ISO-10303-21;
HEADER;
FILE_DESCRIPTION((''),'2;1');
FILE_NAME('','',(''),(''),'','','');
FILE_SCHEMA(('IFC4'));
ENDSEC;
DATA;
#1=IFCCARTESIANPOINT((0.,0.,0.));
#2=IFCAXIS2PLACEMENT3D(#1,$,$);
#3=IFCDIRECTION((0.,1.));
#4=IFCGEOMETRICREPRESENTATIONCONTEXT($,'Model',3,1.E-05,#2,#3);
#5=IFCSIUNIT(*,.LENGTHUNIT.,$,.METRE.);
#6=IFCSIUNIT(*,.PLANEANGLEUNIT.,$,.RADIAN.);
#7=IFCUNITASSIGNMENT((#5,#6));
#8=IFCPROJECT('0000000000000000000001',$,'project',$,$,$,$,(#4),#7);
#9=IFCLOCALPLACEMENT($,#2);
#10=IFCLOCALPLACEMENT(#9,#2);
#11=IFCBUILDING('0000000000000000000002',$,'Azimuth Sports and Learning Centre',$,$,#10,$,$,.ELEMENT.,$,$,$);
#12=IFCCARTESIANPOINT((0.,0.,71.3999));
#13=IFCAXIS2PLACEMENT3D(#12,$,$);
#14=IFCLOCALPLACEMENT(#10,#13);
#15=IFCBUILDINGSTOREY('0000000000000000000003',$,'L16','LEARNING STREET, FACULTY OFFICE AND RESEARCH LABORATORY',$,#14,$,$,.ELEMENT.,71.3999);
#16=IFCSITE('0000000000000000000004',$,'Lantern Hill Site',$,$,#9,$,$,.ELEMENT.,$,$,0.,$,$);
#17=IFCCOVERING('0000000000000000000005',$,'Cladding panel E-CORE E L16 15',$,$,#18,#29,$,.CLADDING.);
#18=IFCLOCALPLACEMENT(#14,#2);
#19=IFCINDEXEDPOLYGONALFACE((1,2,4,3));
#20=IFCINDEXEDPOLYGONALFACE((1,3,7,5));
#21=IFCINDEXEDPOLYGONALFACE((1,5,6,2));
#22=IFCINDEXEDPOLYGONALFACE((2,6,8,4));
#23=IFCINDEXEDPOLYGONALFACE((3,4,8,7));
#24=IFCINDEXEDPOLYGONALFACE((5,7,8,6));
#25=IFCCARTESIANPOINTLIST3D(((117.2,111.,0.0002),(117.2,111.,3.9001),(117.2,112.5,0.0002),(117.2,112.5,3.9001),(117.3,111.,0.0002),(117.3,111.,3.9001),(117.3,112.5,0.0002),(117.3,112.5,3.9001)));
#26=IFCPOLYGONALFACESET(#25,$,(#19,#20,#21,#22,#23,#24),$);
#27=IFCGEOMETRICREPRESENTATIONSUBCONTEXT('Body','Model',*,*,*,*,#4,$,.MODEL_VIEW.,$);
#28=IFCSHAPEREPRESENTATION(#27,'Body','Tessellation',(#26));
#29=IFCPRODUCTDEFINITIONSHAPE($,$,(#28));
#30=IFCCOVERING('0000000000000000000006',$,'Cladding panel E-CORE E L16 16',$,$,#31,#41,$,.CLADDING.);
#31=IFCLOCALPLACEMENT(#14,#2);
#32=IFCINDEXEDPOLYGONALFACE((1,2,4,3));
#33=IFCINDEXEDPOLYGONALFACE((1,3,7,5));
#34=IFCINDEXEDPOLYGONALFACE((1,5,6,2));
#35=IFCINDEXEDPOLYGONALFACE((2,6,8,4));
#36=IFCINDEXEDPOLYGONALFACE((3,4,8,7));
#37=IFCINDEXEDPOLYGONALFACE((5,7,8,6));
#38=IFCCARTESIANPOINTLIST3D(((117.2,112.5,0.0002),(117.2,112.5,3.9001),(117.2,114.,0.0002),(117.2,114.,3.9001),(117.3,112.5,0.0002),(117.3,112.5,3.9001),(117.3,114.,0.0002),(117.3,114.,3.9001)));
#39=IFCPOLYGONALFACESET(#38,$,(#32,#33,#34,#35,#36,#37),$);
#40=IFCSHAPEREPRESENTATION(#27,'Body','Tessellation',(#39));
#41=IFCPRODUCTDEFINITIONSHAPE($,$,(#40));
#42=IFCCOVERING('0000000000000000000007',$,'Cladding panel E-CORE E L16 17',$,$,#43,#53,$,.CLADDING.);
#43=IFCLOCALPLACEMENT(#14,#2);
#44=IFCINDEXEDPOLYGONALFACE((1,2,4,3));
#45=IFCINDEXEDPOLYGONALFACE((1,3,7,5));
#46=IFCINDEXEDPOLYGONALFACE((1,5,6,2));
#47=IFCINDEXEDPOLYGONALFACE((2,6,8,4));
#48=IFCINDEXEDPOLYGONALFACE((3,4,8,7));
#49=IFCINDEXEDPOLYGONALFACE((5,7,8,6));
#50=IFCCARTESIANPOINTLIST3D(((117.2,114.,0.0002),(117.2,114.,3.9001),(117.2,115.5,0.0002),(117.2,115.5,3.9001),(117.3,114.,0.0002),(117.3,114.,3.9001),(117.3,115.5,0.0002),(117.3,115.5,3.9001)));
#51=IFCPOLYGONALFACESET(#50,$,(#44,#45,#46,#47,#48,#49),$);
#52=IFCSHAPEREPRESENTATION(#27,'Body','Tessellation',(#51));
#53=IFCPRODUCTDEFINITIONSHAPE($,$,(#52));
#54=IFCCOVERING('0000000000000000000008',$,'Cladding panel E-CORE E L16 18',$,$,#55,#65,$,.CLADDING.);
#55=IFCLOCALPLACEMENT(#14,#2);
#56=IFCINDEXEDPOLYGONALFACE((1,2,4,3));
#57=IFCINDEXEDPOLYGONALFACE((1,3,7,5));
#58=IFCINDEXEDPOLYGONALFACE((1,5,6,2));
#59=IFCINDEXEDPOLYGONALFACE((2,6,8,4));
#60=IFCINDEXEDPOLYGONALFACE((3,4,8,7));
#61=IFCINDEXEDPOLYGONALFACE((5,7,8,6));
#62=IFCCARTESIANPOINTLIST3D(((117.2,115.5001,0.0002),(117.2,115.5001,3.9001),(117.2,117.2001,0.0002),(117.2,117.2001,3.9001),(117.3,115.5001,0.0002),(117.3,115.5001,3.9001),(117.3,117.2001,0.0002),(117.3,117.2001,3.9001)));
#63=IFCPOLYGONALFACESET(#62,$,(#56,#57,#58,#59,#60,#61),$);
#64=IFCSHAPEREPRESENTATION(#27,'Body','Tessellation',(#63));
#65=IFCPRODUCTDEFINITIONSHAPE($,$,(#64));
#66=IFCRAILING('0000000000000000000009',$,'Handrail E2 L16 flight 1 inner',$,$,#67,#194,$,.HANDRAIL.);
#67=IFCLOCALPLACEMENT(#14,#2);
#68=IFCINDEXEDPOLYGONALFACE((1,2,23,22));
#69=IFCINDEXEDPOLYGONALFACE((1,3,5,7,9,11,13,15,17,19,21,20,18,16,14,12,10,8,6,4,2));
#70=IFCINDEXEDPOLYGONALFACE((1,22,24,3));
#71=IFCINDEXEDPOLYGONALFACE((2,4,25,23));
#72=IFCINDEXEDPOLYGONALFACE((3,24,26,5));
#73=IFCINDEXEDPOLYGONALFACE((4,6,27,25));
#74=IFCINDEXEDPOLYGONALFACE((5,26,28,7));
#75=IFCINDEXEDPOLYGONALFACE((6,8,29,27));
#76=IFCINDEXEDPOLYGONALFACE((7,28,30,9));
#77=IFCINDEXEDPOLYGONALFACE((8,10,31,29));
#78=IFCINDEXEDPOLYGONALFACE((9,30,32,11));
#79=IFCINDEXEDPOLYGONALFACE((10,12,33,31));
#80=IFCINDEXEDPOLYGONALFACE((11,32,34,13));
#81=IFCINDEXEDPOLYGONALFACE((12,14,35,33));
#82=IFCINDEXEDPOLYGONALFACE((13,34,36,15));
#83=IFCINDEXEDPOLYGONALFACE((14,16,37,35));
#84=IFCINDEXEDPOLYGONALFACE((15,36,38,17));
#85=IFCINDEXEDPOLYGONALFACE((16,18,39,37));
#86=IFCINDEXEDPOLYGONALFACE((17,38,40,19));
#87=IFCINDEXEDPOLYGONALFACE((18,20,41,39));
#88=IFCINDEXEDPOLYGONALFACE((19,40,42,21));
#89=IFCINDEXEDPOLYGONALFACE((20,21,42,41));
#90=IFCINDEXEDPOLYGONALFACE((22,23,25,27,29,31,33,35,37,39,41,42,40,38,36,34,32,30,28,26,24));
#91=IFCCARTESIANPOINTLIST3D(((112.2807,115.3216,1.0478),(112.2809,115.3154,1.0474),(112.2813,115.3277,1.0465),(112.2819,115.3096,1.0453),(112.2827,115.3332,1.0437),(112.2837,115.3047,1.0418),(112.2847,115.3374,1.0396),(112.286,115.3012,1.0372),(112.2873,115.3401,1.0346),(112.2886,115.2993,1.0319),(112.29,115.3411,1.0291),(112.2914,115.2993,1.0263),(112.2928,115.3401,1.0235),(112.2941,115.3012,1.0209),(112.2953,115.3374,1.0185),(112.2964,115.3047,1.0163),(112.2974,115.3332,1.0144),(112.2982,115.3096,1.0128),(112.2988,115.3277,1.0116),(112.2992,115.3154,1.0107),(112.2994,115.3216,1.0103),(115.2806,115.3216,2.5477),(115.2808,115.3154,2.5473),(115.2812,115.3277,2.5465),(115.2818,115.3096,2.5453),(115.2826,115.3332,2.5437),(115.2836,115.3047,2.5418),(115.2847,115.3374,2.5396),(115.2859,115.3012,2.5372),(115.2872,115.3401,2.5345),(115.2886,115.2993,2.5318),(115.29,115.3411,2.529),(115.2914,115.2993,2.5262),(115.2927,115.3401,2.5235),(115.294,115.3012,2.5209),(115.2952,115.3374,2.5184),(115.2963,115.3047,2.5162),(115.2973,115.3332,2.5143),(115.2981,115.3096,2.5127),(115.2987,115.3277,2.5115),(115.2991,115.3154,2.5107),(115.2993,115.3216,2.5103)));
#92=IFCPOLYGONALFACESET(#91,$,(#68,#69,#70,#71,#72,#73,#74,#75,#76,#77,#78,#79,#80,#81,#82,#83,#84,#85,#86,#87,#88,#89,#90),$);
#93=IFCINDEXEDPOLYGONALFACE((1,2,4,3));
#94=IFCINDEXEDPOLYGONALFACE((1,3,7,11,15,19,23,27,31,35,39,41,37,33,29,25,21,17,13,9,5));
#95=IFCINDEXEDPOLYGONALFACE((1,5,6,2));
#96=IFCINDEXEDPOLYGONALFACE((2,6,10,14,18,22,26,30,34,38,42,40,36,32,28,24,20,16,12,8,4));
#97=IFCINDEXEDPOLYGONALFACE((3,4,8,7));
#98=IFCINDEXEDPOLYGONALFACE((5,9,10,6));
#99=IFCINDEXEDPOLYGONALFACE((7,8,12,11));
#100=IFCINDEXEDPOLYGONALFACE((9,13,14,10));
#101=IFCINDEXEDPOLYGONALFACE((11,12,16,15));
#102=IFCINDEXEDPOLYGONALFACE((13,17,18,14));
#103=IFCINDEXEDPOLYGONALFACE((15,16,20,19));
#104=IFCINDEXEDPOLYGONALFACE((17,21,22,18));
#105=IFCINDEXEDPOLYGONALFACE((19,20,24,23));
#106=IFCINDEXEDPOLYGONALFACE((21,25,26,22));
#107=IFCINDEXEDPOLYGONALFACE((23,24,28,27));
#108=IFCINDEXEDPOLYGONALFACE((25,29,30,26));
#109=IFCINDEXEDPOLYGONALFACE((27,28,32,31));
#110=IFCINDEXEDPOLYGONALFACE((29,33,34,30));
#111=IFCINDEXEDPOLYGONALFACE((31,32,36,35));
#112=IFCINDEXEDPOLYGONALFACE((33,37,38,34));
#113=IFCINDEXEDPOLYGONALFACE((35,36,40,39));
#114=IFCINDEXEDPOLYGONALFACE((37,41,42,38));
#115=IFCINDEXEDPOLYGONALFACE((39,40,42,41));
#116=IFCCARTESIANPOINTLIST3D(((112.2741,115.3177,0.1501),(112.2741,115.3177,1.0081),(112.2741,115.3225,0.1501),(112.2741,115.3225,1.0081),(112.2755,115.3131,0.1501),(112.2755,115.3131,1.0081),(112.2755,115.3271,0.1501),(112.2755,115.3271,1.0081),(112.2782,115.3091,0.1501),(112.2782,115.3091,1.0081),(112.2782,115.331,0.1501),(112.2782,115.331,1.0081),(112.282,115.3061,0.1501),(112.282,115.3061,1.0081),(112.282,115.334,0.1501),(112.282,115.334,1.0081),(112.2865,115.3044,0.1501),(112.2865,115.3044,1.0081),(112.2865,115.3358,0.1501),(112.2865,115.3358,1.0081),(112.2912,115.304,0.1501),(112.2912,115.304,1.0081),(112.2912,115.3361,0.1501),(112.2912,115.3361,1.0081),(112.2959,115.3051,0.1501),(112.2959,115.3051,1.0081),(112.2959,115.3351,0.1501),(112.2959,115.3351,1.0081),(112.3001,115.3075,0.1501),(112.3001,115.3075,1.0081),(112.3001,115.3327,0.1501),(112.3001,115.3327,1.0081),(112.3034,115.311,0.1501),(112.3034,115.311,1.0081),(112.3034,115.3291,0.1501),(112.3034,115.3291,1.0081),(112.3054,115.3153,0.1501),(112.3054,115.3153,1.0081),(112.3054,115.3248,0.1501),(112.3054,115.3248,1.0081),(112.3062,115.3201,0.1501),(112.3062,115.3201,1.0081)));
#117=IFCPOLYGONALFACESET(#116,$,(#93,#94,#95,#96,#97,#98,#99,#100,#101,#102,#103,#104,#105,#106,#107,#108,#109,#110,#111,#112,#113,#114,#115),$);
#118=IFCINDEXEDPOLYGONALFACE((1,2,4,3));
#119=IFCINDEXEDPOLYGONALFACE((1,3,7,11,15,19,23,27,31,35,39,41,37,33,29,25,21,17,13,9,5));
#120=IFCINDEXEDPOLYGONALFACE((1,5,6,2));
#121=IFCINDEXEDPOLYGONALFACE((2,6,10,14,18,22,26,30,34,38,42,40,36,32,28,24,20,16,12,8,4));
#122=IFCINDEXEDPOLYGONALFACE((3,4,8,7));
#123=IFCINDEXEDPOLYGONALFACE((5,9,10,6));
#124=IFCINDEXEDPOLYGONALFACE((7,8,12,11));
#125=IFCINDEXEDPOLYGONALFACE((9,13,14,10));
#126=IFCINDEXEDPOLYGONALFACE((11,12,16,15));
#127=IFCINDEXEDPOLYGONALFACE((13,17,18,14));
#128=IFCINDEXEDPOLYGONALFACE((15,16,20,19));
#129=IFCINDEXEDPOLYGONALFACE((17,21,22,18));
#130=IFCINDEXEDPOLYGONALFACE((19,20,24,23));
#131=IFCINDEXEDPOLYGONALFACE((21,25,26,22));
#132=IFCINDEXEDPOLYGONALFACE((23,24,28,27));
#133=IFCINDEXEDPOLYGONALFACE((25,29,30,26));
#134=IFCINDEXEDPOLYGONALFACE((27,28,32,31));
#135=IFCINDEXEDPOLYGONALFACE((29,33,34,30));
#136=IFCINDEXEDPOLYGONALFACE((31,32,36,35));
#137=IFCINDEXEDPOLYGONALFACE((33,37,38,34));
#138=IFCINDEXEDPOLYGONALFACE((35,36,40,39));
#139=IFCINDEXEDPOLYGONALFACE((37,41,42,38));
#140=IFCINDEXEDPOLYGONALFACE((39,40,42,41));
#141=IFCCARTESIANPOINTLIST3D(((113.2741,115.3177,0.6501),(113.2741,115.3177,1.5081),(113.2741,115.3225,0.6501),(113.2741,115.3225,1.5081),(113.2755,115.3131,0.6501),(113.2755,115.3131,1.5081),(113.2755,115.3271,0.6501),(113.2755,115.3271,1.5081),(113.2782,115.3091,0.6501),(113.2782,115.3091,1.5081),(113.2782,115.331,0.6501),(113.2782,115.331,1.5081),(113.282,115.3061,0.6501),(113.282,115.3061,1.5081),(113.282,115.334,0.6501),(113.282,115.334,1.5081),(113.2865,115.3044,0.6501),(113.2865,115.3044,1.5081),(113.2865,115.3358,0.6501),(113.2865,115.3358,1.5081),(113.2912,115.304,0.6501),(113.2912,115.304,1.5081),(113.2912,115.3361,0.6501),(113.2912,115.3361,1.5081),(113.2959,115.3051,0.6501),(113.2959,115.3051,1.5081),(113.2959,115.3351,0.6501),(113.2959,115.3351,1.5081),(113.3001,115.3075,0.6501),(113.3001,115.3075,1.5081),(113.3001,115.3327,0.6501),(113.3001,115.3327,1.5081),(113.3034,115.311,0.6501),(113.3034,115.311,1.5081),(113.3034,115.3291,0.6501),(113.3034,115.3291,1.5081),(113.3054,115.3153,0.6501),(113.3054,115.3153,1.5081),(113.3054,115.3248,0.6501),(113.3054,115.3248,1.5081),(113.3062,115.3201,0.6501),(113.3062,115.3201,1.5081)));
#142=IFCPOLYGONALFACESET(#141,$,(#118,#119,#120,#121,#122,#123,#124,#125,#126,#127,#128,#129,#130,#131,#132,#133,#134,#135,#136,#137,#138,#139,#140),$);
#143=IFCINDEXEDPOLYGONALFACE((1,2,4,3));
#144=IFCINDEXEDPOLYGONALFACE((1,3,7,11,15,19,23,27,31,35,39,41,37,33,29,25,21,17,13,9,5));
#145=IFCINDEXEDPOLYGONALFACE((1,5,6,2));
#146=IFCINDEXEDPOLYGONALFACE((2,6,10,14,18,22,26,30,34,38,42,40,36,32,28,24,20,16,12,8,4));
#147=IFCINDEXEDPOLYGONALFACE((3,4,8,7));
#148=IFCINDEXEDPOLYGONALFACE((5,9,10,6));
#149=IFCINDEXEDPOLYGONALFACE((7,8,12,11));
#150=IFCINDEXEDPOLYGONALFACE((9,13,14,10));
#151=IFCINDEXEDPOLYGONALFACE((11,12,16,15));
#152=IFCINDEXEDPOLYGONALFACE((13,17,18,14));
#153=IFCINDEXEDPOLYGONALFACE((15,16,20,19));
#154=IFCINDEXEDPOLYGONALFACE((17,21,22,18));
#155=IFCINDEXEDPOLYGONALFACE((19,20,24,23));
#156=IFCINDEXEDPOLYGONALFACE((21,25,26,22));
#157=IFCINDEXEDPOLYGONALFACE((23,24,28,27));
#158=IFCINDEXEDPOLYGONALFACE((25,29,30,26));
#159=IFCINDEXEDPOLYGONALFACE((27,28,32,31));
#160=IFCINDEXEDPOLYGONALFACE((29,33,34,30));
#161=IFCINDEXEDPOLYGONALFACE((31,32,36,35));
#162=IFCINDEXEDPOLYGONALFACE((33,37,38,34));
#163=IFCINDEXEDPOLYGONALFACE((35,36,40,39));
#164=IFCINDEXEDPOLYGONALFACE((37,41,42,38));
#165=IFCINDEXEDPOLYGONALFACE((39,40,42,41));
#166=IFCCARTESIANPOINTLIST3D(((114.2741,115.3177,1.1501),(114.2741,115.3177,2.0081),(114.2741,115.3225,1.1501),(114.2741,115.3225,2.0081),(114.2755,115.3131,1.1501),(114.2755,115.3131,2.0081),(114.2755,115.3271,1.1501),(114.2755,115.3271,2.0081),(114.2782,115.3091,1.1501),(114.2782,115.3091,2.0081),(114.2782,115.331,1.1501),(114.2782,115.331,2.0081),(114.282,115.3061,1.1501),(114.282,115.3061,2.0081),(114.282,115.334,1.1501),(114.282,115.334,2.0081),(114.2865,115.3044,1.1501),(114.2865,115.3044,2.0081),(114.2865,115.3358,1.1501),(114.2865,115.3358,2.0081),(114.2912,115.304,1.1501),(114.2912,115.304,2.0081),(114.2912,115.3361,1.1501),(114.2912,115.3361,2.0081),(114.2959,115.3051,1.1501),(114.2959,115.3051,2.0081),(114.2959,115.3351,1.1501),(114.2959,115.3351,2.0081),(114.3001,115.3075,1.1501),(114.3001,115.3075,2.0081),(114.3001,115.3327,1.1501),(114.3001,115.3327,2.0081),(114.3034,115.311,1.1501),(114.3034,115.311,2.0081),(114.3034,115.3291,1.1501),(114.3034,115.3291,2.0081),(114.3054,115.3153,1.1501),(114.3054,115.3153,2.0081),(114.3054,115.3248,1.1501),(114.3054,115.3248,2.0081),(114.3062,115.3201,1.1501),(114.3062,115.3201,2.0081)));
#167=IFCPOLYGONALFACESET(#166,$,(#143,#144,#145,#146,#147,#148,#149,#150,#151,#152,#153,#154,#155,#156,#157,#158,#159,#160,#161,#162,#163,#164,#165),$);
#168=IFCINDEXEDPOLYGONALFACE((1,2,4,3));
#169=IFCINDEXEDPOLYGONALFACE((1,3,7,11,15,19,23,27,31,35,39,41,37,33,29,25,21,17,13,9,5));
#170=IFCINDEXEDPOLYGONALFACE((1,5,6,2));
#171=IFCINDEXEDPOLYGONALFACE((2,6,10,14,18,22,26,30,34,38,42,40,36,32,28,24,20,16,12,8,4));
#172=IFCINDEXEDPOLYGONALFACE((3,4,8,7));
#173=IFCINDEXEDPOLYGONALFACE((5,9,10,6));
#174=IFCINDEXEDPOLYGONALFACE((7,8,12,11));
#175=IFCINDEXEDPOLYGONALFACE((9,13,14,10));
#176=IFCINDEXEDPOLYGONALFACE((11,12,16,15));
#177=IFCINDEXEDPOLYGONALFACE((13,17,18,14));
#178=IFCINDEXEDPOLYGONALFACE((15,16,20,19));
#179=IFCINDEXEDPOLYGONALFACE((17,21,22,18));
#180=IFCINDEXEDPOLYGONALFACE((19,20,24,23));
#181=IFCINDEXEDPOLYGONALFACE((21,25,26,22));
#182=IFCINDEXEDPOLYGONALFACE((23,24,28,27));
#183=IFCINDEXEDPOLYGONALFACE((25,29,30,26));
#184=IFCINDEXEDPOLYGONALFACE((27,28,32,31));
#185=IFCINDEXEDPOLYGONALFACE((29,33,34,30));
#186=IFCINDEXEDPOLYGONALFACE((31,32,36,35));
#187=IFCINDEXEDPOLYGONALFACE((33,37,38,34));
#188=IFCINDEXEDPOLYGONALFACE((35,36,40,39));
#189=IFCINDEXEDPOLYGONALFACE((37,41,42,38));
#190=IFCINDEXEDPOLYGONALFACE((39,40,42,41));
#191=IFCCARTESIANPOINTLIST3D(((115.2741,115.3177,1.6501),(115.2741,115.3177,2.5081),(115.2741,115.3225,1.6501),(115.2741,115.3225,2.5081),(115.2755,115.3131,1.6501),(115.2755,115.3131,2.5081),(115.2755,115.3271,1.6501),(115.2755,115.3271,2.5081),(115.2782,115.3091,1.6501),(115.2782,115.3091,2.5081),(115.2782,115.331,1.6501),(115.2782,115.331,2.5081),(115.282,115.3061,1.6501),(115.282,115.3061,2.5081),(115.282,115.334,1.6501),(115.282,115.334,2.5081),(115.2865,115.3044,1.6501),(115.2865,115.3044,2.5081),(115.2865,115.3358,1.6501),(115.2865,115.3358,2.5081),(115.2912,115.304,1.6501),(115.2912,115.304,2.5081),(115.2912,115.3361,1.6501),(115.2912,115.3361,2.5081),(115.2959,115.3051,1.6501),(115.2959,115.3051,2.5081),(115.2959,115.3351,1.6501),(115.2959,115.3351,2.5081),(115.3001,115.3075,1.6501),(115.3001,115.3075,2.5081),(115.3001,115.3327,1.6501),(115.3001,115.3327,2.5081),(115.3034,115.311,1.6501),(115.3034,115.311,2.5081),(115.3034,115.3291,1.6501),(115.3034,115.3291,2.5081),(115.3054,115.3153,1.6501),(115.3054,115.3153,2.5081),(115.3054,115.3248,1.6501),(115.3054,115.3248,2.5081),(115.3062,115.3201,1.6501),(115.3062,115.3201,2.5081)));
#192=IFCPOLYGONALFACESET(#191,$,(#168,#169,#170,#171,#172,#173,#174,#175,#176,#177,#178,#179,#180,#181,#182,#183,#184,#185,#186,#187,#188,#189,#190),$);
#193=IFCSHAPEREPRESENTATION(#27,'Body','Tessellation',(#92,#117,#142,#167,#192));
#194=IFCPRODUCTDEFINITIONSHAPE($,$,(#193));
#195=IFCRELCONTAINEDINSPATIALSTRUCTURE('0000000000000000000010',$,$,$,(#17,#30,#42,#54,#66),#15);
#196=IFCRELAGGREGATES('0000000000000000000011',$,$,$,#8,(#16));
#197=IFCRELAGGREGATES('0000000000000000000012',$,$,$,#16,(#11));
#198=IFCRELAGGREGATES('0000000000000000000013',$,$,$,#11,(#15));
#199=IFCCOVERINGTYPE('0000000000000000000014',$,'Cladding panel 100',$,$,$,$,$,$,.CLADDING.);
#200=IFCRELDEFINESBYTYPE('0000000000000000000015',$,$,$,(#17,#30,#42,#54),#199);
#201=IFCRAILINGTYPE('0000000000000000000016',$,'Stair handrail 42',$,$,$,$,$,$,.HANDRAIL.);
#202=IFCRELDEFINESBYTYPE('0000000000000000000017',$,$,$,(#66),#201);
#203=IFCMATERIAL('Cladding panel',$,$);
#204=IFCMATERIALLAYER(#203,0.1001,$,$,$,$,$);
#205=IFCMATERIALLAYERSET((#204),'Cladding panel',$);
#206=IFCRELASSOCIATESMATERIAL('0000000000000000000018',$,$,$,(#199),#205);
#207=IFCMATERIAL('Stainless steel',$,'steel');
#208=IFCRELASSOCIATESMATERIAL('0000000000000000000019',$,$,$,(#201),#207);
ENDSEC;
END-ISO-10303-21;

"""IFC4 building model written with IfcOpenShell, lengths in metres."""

from ifc_helpers import new_model, si_unit, direction, frame, origin, origin_2d, place, context, subcontext, project, spatial, rectangle, circle, extrude, material, layer, layer_set, type_object, element, save


model = new_model("IFC4")

# Units and contexts
model_context = context("Model", 3, precision=1e-05, world=origin(), true_north=direction((0.0, 1.0)))
body_context = subcontext(model_context, "Body", "Model", "MODEL_VIEW")
ifc_project = project(units=[si_unit("LENGTHUNIT", "METRE"), si_unit("PLANEANGLEUNIT", "RADIAN")], contexts=[model_context])

# Site, building, storey
site_placement = place(None, origin())
site = spatial("IfcSite", under=ifc_project, at=site_placement, Name="Lantern Hill Site", CompositionType="ELEMENT", RefElevation=0.0)
building_placement = place(site_placement, origin())
building = spatial("IfcBuilding", under=site, at=building_placement, Name="Azimuth Sports and Learning Centre", CompositionType="ELEMENT")
storey_placement = place(building_placement, frame((0.0, 0.0, 71.3999)))
storey = spatial("IfcBuildingStorey", under=building, at=storey_placement, Name="L16", Description="LEARNING STREET, FACULTY OFFICE AND RESEARCH LABORATORY", CompositionType="ELEMENT", Elevation=71.3999)

# Coverings
ifc_material_1 = material(Name="Cladding panel")
ifc_layer_1 = layer(ifc_material_1, 0.1001)
ifc_layer_set_1 = layer_set([ifc_layer_1], Name="Cladding panel")
covering_type = type_object("IfcCoveringType", Name="Cladding panel 100", PredefinedType="CLADDING", material=ifc_layer_set_1)
for number, where, z_axis, x_axis, name in (
    (1, (117.25, 111.75, 0.0002), (0.0, 0.0, 1.0), (0.0, 1.0, 0.0), "Cladding panel E-CORE E L16 15"),
    (2, (117.25, 113.25, 0.0002), (0.0, 0.0, 1.0), (0.0, 1.0, 0.0), "Cladding panel E-CORE E L16 16"),
    (3, (117.25, 114.75, 0.0002), (0.0, 0.0, 1.0), (0.0, 1.0, 0.0), "Cladding panel E-CORE E L16 17"),
):
    element("IfcCovering", number, at=place(storey_placement, frame(where, z_axis=z_axis, x_axis=x_axis)), inside=storey, type_object=covering_type, Name=name, PredefinedType="CLADDING", context=body_context, shape_type="SweptSolid", body=[
        extrude(rectangle(XDim=1.5, YDim=0.1001, at=origin_2d()), origin(), (0.0, 0.0, 1.0), 3.8999),
    ])
covering_placement = place(storey_placement, frame((117.25, 116.3501, 0.0002), z_axis=(0.0, 0.0, 1.0), x_axis=(0.0, 1.0, 0.0)))
element("IfcCovering", 4, at=covering_placement, inside=storey, type_object=covering_type, Name="Cladding panel E-CORE E L16 18", PredefinedType="CLADDING", context=body_context, shape_type="SweptSolid", body=[
    extrude(rectangle(XDim=1.7, YDim=0.1001, at=origin_2d()), origin(), (0.0, 0.0, 1.0), 3.8999),
])

# Railing
ifc_material_2 = material(Name="Stainless steel", Category="steel")
railing_type_1 = type_object("IfcRailingType", Name="Stair handrail 42", PredefinedType="HANDRAIL", material=ifc_material_2)
for number, where, name in (
    (5, (112.29, 115.3201, 0.1501), "Handrail E2 L16 flight 1 inner"),
):
    element("IfcRailing", number, at=place(storey_placement, frame(where)), inside=storey, type_object=railing_type_1, Name=name, PredefinedType="HANDRAIL", context=body_context, shape_type="SweptSolid", body=[
        extrude(circle(Radius=0.021, at=origin_2d()), frame((0.0, 0.0, 0.8789), z_axis=(0.894427, 0.0, 0.447214), x_axis=(0.0, 1.0, 0.0)), (0.0, 0.0, 1.0), 3.354),
        extrude(circle(Radius=0.0161, at=origin_2d()), origin(), (0.0, 0.0, 1.0), 0.8579),
        extrude(circle(Radius=0.0161, at=origin_2d()), frame((1.0, 0.0, 0.5)), (0.0, 0.0, 1.0), 0.8579),
        extrude(circle(Radius=0.0161, at=origin_2d()), frame((2.0, 0.0, 1.0)), (0.0, 0.0, 1.0), 0.8579),
        extrude(circle(Radius=0.0161, at=origin_2d()), frame((3.0, 0.0, 1.5)), (0.0, 0.0, 1.0), 0.8579),
    ])

save(model, "model.ifc")
